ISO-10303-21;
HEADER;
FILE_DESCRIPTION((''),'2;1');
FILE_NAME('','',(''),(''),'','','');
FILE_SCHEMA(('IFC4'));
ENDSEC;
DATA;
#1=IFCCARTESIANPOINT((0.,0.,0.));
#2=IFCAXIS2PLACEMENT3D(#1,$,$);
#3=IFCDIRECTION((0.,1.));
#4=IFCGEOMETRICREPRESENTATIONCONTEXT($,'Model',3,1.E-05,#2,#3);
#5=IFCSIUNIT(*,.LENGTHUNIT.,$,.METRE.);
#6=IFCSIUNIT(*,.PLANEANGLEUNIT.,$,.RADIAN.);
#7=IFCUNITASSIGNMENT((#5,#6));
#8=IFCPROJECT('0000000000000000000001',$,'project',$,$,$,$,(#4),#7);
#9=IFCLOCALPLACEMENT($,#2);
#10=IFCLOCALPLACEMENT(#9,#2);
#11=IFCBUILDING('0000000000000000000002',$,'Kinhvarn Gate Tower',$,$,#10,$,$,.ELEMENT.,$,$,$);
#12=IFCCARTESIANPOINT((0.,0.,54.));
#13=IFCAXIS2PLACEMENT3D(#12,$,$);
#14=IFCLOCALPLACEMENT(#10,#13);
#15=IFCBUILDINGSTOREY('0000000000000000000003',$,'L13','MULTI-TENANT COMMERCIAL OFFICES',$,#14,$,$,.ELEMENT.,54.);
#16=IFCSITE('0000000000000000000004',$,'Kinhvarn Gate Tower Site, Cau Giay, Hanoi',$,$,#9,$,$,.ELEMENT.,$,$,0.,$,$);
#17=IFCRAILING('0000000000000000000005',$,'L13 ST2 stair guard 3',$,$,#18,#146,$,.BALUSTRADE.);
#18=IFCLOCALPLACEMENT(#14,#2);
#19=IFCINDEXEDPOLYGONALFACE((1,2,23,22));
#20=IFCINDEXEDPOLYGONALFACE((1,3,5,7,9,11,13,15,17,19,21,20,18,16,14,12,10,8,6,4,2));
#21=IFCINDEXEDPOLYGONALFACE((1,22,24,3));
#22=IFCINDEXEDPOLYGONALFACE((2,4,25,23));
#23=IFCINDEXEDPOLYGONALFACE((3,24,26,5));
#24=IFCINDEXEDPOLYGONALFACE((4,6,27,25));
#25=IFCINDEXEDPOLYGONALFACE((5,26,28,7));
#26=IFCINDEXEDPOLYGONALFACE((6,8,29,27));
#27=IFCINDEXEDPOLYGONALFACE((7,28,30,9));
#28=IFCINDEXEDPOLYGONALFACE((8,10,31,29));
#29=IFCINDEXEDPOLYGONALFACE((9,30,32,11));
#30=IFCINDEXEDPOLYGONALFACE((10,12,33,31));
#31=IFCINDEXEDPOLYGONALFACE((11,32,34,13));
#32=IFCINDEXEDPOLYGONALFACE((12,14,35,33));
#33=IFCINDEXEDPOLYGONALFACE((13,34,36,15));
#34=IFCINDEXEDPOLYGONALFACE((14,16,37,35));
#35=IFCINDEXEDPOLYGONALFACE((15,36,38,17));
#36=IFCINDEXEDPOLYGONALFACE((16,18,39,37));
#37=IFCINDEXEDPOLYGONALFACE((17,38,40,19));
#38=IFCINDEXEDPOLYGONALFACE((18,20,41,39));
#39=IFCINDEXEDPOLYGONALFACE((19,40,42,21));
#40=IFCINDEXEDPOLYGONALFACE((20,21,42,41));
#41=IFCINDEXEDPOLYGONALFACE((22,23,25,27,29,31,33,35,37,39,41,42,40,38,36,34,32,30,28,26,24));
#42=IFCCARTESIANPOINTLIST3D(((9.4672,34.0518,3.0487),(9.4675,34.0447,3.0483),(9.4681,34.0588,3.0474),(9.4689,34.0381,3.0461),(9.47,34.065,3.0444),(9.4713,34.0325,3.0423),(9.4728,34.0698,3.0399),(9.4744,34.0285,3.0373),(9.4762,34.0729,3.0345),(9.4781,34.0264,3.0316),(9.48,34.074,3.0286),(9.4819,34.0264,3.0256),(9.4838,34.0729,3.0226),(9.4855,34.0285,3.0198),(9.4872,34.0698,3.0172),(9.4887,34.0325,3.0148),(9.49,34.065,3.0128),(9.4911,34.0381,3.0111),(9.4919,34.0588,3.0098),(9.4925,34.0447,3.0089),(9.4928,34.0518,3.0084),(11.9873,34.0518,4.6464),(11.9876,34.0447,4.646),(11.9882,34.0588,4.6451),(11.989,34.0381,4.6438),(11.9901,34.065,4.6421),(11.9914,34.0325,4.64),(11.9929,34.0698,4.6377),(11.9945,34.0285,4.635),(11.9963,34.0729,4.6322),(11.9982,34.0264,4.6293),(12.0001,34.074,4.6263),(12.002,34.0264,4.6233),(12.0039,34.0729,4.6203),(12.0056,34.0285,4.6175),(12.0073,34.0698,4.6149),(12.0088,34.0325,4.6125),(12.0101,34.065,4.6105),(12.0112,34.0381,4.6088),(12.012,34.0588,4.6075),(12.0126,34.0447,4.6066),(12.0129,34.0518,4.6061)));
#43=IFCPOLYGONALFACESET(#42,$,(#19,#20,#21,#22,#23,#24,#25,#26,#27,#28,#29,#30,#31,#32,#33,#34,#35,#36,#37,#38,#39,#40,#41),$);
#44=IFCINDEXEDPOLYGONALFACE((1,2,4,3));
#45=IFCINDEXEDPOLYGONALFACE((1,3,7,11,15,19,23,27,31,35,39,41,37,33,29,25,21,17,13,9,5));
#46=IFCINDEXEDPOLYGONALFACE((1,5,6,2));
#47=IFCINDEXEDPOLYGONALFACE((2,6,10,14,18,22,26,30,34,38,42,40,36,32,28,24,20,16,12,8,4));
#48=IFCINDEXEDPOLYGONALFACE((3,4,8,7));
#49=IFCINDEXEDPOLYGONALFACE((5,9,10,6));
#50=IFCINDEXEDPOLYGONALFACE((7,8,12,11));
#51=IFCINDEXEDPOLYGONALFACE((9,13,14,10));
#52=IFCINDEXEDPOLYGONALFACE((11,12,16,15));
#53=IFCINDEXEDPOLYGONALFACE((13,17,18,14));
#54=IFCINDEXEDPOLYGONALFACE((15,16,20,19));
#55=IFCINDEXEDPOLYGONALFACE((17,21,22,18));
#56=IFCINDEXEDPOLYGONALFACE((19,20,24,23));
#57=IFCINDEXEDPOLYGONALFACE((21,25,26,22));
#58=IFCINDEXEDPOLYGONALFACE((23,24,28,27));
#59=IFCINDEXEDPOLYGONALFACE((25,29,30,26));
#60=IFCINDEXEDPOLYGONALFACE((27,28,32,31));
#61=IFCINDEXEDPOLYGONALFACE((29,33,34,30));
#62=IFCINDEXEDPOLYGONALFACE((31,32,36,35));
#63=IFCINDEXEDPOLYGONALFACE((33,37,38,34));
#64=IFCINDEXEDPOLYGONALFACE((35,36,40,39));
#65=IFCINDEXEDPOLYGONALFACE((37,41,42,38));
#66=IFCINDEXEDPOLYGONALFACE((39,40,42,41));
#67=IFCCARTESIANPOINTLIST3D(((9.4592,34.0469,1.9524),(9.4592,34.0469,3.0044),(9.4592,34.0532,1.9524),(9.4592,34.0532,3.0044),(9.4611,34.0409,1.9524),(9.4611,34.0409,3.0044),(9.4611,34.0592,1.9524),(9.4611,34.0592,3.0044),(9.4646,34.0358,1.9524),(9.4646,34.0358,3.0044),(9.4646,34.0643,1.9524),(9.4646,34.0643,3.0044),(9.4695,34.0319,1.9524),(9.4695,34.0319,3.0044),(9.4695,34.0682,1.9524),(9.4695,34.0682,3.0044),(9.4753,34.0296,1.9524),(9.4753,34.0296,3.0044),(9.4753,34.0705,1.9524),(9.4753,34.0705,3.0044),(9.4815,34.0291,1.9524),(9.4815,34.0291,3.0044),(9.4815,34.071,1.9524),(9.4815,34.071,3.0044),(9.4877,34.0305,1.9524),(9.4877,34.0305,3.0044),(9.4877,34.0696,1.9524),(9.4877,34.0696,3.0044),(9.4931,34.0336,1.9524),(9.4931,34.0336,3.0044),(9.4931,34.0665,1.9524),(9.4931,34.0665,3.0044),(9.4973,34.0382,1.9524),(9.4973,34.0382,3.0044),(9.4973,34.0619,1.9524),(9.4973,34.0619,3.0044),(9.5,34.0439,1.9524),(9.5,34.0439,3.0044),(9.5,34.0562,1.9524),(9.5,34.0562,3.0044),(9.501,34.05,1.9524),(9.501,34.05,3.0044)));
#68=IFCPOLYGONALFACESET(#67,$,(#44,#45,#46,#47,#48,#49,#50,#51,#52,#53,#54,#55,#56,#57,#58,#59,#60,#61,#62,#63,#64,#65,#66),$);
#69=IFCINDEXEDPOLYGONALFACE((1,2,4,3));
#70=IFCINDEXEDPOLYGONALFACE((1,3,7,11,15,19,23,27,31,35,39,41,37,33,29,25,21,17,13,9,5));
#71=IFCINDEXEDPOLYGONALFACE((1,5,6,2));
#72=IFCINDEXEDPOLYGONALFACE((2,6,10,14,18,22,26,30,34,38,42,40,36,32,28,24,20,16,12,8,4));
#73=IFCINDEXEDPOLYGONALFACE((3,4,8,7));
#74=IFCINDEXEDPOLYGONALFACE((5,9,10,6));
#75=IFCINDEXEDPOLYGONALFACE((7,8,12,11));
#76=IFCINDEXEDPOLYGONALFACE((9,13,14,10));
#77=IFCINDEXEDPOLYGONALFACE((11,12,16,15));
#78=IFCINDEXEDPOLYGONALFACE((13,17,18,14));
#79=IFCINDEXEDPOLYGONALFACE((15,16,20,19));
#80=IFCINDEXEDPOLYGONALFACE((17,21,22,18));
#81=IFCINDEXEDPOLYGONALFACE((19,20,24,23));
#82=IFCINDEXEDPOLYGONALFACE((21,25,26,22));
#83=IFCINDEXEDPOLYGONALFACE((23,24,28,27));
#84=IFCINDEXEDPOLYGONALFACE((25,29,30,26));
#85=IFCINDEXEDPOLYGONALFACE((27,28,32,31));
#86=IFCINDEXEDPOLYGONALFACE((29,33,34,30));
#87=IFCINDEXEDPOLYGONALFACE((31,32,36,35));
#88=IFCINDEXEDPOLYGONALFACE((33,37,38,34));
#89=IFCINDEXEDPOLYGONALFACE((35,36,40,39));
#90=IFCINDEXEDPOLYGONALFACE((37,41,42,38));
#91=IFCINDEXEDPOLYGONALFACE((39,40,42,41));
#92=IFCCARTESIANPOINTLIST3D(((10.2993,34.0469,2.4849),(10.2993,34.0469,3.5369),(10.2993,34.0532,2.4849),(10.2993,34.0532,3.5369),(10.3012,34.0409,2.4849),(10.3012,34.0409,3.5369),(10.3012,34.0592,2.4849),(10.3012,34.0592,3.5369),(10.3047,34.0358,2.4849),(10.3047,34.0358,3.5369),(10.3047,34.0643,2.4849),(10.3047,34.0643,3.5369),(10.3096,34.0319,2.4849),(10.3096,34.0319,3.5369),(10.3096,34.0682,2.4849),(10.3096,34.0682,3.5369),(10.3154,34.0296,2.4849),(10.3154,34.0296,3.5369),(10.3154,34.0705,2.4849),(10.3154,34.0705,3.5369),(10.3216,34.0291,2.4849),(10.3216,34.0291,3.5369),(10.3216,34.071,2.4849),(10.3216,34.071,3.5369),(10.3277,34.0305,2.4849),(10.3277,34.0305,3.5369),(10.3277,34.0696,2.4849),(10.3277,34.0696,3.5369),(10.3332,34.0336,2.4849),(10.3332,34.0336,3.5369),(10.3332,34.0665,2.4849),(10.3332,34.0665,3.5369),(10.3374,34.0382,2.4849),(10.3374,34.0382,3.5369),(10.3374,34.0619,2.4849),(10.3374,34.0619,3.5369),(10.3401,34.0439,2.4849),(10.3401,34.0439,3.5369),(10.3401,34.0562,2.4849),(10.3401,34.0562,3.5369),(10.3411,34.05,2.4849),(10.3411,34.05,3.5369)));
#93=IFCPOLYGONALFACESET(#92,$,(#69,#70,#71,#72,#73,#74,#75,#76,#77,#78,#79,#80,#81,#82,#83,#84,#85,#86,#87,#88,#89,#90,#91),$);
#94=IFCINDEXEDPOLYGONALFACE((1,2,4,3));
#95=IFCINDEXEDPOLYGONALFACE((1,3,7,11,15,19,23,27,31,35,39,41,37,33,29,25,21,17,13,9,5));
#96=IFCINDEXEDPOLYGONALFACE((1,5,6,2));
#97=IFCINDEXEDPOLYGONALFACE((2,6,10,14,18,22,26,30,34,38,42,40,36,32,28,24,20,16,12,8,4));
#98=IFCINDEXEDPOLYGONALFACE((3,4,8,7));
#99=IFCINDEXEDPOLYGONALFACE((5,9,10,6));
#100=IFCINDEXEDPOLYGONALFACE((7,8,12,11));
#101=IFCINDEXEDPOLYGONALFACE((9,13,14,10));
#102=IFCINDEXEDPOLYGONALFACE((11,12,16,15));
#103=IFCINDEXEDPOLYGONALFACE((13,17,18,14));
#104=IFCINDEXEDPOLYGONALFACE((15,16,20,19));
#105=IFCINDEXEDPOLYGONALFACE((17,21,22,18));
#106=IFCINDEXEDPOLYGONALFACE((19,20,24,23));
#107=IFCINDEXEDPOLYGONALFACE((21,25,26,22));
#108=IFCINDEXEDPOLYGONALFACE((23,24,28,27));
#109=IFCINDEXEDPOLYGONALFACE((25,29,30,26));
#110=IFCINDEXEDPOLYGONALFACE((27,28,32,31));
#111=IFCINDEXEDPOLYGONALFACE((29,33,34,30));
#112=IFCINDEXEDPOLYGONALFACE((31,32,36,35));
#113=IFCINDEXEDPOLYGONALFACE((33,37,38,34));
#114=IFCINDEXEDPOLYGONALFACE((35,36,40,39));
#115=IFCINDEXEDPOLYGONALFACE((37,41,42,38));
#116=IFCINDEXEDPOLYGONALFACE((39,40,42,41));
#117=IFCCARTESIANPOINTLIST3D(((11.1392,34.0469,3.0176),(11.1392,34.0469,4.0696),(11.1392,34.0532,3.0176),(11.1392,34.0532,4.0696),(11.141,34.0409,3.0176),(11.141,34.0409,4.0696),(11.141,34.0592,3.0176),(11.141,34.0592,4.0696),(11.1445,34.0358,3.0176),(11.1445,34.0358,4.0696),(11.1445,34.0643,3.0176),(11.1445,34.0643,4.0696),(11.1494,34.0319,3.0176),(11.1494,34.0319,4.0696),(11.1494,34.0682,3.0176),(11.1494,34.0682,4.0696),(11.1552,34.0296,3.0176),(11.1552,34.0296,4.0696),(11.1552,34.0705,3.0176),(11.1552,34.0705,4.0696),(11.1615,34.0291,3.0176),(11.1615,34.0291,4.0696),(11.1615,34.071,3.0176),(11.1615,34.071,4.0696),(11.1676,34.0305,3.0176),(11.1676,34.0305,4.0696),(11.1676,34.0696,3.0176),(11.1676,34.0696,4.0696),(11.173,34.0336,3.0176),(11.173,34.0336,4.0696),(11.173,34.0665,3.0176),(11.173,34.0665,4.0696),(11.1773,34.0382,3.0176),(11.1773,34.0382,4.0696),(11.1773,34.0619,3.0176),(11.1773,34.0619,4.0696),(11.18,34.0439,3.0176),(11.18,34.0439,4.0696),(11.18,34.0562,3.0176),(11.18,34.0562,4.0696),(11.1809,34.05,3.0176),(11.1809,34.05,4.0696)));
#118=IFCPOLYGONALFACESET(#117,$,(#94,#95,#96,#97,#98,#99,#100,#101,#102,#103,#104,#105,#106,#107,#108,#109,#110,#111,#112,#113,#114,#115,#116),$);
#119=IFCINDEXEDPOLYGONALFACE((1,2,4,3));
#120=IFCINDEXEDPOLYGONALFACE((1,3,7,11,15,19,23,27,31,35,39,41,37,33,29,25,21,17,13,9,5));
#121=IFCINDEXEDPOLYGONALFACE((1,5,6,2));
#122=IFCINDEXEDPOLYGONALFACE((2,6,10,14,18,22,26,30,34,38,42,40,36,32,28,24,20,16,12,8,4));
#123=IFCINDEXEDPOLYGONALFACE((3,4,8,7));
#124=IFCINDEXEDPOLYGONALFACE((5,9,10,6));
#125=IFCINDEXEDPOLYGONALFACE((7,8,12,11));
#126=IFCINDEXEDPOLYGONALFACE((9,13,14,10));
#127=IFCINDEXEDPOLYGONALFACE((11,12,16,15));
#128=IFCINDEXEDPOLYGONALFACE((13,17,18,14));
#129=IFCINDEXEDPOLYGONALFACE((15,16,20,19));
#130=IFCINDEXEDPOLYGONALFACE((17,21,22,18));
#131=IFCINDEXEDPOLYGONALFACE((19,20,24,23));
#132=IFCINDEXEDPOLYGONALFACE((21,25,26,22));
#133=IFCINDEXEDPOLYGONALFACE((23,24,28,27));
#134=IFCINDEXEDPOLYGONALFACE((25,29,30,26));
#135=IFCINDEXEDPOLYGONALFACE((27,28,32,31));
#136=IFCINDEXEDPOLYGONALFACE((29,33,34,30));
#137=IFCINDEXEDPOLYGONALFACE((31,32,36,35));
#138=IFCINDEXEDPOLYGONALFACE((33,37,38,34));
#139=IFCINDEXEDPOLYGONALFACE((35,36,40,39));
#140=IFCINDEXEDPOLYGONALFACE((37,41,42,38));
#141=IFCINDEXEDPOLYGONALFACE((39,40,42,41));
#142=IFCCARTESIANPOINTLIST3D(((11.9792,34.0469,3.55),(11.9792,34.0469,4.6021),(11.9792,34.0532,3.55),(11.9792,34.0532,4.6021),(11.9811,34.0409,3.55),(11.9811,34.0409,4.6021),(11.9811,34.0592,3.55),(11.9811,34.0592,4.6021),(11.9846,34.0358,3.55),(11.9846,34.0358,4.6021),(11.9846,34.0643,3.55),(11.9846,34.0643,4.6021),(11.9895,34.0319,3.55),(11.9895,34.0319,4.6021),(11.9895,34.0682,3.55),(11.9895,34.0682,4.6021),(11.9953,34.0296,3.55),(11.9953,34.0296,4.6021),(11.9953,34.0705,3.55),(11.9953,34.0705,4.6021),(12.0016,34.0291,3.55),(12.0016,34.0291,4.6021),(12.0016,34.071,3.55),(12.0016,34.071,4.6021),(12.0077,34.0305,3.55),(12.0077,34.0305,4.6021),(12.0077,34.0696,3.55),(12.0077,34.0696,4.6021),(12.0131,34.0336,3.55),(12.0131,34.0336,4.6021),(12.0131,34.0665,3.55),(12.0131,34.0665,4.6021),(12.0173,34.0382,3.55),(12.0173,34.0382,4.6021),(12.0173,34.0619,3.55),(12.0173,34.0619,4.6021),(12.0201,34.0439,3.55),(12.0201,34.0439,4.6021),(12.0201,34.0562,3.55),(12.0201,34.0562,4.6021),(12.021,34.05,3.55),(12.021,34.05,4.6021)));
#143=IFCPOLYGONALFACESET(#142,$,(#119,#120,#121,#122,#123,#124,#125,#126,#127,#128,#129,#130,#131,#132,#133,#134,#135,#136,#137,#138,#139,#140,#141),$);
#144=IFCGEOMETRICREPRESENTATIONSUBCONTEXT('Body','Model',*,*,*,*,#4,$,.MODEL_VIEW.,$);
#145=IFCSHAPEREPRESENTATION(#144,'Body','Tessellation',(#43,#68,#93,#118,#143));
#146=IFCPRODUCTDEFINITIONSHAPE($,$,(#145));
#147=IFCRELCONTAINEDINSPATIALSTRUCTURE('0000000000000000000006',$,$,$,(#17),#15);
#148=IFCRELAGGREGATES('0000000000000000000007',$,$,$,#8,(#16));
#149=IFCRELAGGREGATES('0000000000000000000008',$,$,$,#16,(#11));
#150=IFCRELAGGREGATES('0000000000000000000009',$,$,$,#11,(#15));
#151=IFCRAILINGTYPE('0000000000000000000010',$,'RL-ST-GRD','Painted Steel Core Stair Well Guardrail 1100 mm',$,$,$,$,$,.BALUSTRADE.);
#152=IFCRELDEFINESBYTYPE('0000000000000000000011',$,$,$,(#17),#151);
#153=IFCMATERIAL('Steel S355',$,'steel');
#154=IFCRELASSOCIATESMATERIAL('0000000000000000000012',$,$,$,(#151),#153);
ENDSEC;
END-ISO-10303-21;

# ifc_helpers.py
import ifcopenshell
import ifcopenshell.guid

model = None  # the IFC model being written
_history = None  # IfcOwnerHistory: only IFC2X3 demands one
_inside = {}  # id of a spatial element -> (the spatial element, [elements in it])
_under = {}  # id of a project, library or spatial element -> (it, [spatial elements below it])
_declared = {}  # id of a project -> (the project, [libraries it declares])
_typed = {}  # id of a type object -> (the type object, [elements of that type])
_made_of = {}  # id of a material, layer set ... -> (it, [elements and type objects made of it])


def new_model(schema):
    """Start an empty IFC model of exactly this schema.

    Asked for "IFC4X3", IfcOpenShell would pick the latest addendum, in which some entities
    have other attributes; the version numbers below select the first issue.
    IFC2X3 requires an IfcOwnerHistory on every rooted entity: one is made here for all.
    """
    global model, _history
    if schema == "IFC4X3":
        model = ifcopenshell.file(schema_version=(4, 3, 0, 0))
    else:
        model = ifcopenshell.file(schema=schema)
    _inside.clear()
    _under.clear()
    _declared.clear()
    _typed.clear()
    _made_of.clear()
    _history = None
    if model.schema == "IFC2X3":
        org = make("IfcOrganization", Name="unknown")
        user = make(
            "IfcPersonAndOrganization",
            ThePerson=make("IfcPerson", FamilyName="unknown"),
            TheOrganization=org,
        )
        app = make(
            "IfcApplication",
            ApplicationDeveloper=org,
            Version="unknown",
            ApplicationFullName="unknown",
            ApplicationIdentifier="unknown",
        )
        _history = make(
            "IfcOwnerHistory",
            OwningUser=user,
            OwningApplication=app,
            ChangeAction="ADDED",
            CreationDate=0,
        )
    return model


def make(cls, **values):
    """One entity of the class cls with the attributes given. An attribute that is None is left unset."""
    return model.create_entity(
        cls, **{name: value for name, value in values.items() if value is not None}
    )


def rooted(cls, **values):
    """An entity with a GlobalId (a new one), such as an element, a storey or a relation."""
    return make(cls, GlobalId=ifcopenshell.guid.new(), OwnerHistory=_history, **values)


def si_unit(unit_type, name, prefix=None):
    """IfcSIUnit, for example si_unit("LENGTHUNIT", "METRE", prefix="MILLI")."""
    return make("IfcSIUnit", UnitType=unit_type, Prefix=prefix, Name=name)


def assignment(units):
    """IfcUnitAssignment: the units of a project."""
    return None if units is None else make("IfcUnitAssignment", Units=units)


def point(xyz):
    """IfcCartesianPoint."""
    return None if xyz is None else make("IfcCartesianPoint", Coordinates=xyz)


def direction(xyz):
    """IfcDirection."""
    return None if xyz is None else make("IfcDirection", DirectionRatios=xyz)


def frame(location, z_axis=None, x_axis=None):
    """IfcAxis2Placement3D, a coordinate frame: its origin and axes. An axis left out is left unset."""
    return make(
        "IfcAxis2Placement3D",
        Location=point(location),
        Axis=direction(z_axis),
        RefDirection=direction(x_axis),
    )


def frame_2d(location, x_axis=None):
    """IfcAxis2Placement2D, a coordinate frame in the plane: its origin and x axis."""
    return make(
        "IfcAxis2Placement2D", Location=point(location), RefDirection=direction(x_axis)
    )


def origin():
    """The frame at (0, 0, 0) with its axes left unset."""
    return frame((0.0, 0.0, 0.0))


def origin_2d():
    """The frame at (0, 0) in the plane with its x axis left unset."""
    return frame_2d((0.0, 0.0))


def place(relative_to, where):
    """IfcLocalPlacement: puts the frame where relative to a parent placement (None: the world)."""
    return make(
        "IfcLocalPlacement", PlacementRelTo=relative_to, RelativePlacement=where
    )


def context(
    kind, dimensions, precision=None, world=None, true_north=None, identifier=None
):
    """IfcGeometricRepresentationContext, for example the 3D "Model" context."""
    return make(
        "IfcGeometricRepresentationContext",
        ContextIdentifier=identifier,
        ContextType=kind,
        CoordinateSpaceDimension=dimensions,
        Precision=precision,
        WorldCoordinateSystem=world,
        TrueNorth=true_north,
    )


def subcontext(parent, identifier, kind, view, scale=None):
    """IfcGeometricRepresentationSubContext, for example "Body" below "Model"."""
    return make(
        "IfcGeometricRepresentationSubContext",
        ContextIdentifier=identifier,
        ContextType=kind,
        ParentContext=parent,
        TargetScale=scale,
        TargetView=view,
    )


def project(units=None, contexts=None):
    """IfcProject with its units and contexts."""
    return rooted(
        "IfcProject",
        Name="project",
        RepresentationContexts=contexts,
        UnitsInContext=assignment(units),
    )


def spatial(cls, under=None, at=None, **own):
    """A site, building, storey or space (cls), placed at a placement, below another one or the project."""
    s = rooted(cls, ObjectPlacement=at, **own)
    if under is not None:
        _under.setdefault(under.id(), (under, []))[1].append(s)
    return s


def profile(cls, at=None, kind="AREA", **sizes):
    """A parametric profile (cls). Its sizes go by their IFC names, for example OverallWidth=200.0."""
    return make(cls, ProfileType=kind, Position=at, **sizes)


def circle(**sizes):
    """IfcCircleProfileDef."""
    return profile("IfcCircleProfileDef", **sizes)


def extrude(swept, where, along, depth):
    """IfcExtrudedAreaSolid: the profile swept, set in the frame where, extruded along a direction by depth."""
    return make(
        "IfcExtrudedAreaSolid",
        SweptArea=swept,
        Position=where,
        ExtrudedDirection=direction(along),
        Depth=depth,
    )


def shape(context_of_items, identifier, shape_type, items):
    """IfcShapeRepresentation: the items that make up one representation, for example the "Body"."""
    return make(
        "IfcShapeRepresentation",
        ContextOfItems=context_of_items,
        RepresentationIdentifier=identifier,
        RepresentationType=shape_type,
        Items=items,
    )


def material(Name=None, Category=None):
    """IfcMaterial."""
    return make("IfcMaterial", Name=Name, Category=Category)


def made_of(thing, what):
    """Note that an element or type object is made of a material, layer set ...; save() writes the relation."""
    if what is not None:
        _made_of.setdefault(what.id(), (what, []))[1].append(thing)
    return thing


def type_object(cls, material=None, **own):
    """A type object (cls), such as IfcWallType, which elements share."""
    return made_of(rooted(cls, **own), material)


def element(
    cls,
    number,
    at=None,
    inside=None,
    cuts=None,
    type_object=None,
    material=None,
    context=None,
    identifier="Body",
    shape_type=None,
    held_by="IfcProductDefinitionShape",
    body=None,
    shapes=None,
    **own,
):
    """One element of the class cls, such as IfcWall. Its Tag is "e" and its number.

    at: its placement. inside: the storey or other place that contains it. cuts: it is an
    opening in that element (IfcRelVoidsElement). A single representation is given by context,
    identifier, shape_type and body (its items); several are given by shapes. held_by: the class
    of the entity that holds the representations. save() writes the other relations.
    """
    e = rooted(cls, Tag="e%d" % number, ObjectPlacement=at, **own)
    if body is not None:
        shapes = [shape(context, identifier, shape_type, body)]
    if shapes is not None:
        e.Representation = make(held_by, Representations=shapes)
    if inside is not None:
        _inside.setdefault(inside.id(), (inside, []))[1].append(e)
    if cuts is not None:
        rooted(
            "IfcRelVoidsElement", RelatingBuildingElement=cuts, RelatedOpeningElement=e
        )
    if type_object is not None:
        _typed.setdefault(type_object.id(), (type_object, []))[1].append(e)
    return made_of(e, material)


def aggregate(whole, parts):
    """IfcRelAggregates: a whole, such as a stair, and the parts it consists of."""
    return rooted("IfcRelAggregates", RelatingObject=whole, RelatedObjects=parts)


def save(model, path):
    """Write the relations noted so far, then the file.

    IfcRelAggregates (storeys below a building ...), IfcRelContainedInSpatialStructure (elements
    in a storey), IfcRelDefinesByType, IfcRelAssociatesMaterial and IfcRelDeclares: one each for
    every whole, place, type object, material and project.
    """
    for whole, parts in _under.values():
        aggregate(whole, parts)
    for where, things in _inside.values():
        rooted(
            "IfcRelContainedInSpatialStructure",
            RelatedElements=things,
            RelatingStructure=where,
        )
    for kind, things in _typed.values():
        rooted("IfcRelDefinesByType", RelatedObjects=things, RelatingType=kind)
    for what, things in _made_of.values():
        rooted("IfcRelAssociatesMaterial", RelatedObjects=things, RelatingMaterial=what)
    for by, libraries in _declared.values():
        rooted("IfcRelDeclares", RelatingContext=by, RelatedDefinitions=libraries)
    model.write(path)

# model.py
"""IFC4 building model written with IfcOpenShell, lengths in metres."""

from ifc_helpers import new_model, si_unit, direction, frame, origin, origin_2d, place, context, subcontext, project, spatial, circle, extrude, material, type_object, element, save


model = new_model("IFC4")

# Units and contexts
model_context = context("Model", 3, precision=1e-05, world=origin(), true_north=direction((0.0, 1.0)))
body_context = subcontext(model_context, "Body", "Model", "MODEL_VIEW")
ifc_project = project(units=[si_unit("LENGTHUNIT", "METRE"), si_unit("PLANEANGLEUNIT", "RADIAN")], contexts=[model_context])

# Site, building, storey
site_placement = place(None, origin())
site = spatial("IfcSite", under=ifc_project, at=site_placement, Name="Kinhvarn Gate Tower Site, Cau Giay, Hanoi", CompositionType="ELEMENT", RefElevation=0.0)
building_placement = place(site_placement, origin())
building = spatial("IfcBuilding", under=site, at=building_placement, Name="Kinhvarn Gate Tower", CompositionType="ELEMENT")
storey_placement = place(building_placement, frame((0.0, 0.0, 54.0)))
storey = spatial("IfcBuildingStorey", under=building, at=storey_placement, Name="L13", Description="MULTI-TENANT COMMERCIAL OFFICES", CompositionType="ELEMENT", Elevation=54.0)

# Shared definitions
ifc_material_1 = material(Name="Steel S355", Category="steel")

# Railing
railing_type_1 = type_object("IfcRailingType", Name="RL-ST-GRD", Description="Painted Steel Core Stair Well Guardrail 1100 mm", PredefinedType="BALUSTRADE", material=ifc_material_1)
railing_1_placement = place(storey_placement, frame((9.48, 34.05, 1.9524)))
element("IfcRailing", 1, at=railing_1_placement, inside=storey, type_object=railing_type_1, Name="L13 ST2 stair guard 3", PredefinedType="BALUSTRADE", context=body_context, shape_type="SweptSolid", body=[
    extrude(circle(Radius=0.0239, at=origin_2d()), frame((0.0, 0.0, 1.0762), z_axis=(0.84457, 0.0, 0.535445), x_axis=(0.0, 1.0, 0.0)), (0.0, 0.0, 1.0), 2.9839),
    extrude(circle(Radius=0.021, at=origin_2d()), origin(), (0.0, 0.0, 1.0), 1.052),
    extrude(circle(Radius=0.021, at=origin_2d()), frame((0.8401, 0.0, 0.5325)), (0.0, 0.0, 1.0), 1.052),
    extrude(circle(Radius=0.021, at=origin_2d()), frame((1.6799, 0.0, 1.0652)), (0.0, 0.0, 1.0), 1.052),
    extrude(circle(Radius=0.021, at=origin_2d()), frame((2.52, 0.0, 1.5977)), (0.0, 0.0, 1.0), 1.052),
])

save(model, "model.ifc")
